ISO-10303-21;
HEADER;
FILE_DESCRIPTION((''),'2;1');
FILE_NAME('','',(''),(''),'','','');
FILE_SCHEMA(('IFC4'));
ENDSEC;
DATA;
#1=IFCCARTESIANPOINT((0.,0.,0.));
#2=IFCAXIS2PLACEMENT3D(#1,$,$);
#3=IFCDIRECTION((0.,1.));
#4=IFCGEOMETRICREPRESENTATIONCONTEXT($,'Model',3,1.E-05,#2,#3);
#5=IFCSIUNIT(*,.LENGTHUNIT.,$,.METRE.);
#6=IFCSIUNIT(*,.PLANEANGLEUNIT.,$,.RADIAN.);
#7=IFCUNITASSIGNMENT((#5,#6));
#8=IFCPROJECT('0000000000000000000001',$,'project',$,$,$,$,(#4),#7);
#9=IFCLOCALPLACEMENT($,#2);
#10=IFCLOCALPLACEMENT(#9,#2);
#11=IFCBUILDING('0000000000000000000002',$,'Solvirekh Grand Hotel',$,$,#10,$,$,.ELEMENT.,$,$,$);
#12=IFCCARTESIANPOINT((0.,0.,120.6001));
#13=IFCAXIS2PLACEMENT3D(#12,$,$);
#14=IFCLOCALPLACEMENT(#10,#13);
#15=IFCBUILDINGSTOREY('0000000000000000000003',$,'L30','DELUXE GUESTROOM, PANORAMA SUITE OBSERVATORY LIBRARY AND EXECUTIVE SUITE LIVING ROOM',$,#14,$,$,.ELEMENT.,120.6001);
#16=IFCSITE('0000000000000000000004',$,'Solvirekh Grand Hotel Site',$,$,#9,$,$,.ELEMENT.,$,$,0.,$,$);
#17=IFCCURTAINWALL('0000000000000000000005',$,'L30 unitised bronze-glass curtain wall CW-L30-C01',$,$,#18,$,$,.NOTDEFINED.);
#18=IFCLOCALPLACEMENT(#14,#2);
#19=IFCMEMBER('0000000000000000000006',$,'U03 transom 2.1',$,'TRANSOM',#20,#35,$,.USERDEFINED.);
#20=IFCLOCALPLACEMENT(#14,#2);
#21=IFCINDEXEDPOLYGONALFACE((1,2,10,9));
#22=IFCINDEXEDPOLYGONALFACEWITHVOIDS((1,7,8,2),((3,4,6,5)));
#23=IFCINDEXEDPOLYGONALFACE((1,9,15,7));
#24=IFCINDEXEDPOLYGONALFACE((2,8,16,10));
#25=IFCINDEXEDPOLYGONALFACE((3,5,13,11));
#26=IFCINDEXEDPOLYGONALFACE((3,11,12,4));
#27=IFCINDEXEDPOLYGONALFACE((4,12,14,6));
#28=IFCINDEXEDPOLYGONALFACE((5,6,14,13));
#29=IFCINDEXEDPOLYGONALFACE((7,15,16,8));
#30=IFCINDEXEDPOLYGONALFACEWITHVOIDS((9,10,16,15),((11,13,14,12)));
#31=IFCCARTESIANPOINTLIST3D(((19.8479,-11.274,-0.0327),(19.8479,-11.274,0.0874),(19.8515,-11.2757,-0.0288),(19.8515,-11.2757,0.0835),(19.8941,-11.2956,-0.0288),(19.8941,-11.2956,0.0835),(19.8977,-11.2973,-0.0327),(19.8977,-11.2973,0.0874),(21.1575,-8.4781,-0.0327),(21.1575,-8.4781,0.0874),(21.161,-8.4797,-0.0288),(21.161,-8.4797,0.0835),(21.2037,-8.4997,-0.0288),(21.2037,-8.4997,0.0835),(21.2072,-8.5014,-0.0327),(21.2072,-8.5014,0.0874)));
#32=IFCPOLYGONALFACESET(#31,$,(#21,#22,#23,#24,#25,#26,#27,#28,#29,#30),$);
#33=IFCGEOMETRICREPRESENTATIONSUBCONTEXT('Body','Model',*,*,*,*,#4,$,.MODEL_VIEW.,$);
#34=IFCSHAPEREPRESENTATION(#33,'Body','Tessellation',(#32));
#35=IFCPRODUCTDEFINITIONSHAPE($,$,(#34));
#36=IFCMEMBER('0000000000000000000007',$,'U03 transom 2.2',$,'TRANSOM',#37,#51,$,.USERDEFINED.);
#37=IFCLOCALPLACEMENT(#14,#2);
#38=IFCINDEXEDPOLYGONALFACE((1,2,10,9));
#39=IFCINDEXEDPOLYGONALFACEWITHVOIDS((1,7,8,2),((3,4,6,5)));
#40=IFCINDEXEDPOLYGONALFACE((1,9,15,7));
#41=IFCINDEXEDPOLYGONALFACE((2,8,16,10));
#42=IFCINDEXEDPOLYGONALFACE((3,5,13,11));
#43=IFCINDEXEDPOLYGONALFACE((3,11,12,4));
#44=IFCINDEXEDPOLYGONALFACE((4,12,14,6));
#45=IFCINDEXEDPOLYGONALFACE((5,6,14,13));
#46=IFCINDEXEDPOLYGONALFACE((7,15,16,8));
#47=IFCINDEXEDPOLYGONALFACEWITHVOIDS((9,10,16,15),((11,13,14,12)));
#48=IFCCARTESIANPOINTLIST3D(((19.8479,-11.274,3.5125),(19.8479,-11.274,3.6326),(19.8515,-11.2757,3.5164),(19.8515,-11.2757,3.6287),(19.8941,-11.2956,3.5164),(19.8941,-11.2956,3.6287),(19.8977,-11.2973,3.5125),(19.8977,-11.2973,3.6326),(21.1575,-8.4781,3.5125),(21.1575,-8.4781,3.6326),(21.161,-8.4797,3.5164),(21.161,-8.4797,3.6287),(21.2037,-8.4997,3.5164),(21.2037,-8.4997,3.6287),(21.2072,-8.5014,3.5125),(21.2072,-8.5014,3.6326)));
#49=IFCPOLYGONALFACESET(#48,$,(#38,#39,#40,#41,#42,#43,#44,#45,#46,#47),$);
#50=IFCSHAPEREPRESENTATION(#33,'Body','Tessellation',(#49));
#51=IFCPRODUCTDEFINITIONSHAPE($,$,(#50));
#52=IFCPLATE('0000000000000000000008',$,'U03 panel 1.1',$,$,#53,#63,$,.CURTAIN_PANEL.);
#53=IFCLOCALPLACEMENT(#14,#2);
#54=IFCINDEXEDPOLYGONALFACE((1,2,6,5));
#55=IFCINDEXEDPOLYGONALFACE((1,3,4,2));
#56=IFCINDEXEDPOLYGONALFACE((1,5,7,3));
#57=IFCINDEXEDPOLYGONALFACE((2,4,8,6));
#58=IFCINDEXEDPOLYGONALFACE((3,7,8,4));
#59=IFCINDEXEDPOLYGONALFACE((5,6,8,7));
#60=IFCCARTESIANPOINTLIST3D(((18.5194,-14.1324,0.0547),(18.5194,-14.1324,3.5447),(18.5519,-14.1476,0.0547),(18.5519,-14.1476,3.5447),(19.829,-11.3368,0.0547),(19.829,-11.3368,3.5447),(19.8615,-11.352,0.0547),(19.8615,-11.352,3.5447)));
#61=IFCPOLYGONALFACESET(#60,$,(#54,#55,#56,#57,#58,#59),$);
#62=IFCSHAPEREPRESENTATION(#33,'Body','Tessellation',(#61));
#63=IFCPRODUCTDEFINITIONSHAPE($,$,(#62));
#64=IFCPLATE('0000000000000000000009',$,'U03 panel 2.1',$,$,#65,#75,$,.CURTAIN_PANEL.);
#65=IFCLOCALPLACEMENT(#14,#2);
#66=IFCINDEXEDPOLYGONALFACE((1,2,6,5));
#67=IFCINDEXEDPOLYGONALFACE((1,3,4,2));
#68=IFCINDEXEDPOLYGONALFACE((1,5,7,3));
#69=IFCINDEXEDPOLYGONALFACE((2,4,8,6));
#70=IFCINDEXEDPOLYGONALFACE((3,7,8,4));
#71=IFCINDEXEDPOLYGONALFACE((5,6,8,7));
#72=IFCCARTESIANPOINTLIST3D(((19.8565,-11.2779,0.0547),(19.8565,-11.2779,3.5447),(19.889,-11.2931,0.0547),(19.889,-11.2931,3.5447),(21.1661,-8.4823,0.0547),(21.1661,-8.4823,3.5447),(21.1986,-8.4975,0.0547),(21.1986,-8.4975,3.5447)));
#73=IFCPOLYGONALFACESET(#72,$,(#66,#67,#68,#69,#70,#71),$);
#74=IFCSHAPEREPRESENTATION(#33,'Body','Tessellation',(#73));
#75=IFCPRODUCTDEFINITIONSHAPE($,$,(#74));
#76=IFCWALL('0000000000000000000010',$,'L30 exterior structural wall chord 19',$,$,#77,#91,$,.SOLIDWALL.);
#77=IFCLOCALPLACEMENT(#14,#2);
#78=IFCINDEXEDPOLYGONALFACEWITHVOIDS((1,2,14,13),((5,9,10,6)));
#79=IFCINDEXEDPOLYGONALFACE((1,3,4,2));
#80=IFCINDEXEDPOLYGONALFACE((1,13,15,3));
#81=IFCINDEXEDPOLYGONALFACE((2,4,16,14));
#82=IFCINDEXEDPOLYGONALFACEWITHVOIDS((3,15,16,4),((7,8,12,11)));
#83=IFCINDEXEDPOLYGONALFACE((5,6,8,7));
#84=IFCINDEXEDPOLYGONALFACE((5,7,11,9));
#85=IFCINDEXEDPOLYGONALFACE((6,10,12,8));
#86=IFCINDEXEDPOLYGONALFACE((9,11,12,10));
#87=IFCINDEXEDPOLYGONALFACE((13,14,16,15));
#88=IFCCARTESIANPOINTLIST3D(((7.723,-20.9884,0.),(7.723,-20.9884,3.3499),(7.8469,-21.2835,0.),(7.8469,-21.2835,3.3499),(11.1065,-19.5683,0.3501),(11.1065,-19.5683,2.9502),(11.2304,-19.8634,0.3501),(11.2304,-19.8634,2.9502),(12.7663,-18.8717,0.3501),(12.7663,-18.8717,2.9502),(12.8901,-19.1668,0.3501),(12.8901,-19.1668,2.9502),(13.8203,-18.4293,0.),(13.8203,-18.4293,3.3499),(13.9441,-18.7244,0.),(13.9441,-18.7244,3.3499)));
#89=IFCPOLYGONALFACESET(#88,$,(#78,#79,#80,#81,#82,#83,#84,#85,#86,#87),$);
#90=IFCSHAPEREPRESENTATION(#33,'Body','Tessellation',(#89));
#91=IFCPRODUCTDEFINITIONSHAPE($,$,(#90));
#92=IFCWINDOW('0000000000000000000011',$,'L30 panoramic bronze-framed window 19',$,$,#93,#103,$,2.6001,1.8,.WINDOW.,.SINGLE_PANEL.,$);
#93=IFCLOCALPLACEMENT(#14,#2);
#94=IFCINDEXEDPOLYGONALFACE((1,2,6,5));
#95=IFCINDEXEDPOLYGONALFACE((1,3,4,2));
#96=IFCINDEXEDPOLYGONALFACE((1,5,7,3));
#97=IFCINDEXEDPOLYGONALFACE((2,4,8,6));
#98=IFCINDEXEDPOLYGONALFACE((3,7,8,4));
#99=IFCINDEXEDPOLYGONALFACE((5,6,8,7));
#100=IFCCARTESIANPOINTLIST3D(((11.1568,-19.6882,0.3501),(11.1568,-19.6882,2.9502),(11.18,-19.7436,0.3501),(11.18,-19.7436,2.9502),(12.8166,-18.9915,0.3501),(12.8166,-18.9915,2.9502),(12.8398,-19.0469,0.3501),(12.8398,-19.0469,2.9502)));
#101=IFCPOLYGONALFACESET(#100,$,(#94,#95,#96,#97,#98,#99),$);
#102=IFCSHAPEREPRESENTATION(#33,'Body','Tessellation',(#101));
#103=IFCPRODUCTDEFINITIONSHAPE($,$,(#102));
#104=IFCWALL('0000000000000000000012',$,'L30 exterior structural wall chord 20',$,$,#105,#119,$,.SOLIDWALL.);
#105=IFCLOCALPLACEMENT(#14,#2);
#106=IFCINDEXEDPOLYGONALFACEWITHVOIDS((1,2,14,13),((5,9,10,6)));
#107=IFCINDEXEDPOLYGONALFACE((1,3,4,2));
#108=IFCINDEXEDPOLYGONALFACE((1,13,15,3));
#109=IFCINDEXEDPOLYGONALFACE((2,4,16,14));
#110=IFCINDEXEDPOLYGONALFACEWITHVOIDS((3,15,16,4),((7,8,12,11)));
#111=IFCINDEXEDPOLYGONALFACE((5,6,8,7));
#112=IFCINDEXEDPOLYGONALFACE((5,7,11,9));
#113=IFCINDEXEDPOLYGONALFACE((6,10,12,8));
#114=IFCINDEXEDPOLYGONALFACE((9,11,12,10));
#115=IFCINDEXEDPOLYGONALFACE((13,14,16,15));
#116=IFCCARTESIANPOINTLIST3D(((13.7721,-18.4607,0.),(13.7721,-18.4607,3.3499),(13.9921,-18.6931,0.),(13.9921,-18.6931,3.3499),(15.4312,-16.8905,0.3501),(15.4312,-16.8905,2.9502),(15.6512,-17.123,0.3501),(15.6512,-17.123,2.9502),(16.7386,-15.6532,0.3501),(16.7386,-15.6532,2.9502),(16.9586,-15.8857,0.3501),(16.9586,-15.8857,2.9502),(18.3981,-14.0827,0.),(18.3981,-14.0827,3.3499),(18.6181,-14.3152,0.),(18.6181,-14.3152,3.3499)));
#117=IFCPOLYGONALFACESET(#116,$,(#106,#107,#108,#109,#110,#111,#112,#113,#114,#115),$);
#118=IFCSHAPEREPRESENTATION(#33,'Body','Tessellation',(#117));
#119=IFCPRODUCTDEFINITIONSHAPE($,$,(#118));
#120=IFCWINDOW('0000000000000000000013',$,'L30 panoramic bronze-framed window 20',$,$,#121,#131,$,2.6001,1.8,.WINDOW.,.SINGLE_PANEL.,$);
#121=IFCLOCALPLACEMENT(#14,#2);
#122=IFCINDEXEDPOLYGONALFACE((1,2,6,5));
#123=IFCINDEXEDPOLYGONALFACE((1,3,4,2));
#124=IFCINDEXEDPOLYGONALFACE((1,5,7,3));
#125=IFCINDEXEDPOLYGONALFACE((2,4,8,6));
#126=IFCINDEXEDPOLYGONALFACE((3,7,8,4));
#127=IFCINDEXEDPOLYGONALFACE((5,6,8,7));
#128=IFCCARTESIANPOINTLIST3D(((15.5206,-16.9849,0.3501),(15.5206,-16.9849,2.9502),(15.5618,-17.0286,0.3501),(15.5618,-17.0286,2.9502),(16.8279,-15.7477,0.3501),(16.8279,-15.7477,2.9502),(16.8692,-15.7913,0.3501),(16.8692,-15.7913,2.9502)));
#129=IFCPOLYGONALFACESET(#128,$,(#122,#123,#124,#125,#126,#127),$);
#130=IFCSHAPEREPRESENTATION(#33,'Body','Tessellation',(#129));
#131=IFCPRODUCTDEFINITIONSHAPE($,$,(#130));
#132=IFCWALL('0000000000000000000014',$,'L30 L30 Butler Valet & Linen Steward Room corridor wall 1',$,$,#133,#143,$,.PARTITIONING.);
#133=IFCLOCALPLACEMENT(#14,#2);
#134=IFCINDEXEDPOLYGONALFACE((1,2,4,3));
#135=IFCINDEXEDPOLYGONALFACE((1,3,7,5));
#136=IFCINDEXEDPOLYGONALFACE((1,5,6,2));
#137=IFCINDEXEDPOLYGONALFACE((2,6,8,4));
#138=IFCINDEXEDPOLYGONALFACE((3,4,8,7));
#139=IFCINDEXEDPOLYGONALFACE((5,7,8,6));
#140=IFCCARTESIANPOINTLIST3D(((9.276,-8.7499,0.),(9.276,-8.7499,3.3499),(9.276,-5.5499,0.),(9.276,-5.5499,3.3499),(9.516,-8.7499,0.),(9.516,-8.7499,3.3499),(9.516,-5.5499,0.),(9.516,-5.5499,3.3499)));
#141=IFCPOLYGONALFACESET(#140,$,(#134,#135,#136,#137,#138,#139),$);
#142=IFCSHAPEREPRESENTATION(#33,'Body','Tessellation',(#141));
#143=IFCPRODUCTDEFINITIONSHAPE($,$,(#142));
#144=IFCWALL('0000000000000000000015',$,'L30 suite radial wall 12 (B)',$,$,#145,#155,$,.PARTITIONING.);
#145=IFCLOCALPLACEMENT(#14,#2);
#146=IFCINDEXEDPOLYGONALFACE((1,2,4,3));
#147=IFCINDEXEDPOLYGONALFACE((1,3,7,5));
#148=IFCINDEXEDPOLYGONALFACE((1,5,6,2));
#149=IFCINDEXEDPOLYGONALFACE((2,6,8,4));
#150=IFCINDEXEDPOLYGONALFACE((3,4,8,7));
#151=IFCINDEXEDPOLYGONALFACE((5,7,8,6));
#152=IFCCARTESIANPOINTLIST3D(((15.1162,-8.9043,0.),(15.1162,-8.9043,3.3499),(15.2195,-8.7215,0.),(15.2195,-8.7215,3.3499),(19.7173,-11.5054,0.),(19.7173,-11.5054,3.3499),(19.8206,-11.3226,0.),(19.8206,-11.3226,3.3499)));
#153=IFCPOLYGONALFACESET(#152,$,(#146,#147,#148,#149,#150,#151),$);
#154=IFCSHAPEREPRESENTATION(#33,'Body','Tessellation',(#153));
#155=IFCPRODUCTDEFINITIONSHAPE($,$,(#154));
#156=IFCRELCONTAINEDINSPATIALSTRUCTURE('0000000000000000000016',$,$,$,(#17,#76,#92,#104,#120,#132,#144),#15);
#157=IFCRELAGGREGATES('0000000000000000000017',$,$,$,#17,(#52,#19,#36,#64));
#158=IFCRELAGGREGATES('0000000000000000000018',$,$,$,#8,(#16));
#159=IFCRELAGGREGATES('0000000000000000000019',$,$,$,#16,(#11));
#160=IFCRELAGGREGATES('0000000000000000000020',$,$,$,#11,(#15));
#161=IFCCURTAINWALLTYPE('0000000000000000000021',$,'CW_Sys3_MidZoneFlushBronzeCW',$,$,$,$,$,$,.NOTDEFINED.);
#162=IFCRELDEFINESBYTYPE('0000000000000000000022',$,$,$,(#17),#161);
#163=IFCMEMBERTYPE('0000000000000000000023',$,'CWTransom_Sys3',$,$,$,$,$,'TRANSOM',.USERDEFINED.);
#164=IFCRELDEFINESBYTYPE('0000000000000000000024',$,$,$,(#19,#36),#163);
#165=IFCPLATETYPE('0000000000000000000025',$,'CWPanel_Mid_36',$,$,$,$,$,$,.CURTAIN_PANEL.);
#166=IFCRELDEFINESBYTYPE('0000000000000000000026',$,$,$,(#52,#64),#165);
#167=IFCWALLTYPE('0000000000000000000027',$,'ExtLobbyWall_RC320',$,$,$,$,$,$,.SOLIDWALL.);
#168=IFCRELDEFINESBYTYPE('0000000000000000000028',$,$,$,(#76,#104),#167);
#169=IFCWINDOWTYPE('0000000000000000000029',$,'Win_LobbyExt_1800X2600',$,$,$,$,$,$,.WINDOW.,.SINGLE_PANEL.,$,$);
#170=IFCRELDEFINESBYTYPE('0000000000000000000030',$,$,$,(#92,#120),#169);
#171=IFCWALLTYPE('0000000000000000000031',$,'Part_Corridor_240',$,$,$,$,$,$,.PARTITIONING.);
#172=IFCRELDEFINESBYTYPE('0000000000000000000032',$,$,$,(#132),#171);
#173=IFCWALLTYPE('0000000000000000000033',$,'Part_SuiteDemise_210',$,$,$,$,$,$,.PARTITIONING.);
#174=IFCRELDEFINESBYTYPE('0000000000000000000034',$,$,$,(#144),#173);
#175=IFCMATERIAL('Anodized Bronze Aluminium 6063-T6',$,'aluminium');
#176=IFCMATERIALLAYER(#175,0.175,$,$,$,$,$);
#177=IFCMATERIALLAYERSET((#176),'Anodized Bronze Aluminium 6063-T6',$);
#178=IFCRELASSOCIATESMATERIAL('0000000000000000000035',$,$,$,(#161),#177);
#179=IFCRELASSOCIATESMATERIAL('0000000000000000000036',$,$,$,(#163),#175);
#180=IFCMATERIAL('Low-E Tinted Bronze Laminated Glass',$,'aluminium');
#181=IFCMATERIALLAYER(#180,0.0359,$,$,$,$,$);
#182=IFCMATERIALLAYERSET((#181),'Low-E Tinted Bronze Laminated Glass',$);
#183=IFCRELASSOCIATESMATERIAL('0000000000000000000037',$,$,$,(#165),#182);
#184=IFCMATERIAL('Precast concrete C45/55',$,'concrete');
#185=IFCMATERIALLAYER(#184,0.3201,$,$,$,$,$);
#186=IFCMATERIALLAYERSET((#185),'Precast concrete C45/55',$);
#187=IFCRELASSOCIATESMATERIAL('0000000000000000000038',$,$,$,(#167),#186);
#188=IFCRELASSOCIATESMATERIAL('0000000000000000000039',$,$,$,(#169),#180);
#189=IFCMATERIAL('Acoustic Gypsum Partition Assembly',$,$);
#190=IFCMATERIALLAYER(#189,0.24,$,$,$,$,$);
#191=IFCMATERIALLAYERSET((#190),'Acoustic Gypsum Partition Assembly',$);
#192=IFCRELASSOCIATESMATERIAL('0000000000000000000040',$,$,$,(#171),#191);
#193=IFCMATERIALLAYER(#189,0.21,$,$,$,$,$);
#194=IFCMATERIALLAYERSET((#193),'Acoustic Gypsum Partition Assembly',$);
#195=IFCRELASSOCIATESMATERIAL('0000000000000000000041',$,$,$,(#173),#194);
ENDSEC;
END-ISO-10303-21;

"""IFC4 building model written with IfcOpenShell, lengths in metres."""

from ifc_helpers import new_model, si_unit, direction, frame, frame_2d, origin, origin_2d, place, context, subcontext, project, spatial, rectangle, hollow_rectangle, extrude, source, transform, mapped, material, layer, layer_set, material_profile, profile_set, type_object, element, fill, aggregate, save


model = new_model("IFC4")

# Units and contexts
model_context = context("Model", 3, precision=1e-05, world=origin(), true_north=direction((0.0, 1.0)))
body_context = subcontext(model_context, "Body", "Model", "MODEL_VIEW")
ifc_project = project(units=[si_unit("LENGTHUNIT", "METRE"), si_unit("PLANEANGLEUNIT", "RADIAN")], contexts=[model_context])

# Site, building, storey
site_placement = place(None, origin())
site = spatial("IfcSite", under=ifc_project, at=site_placement, Name="Solvirekh Grand Hotel Site", CompositionType="ELEMENT", RefElevation=0.0)
building_placement = place(site_placement, origin())
building = spatial("IfcBuilding", under=site, at=building_placement, Name="Solvirekh Grand Hotel", CompositionType="ELEMENT")
storey_placement = place(building_placement, frame((0.0, 0.0, 120.6001)))
storey = spatial("IfcBuildingStorey", under=building, at=storey_placement, Name="L30", Description="DELUXE GUESTROOM, PANORAMA SUITE OBSERVATORY LIBRARY AND EXECUTIVE SUITE LIVING ROOM", CompositionType="ELEMENT", Elevation=120.6001)

# Curtain wall
ifc_material_1 = material(Name="Anodized Bronze Aluminium 6063-T6", Category="aluminium")
ifc_layer_1 = layer(ifc_material_1, 0.175)
ifc_layer_set_1 = layer_set([ifc_layer_1], Name="Anodized Bronze Aluminium 6063-T6")
curtain_wall_type = type_object("IfcCurtainWallType", Name="CW_Sys3_MidZoneFlushBronzeCW", PredefinedType="NOTDEFINED", material=ifc_layer_set_1)
curtain_wall_1_placement = place(storey_placement, origin())
curtain_wall_1 = element("IfcCurtainWall", 1, at=curtain_wall_1_placement, inside=storey, type_object=curtain_wall_type, Name="L30 unitised bronze-glass curtain wall CW-L30-C01", PredefinedType="NOTDEFINED")

# Members
ifc_material_profile_1 = material_profile(ifc_material_1, hollow_rectangle(XDim=0.0549, YDim=0.1201, WallThickness=0.0039, at=origin_2d()), Name="ALU RHS 120X55X4")
ifc_profile_set_1 = profile_set([ifc_material_profile_1], Name="Anodized Bronze Aluminium 6063-T6")
member_type_1 = type_object("IfcMemberType", Name="CWTransom_Sys3", ElementType="TRANSOM", PredefinedType="USERDEFINED", material=ifc_profile_set_1)
shared_shape_1 = source(origin(), body_context, "Body", "SweptSolid", [
    extrude(hollow_rectangle(XDim=0.0549, YDim=0.1201, WallThickness=0.0039, at=origin_2d()), origin(), (0.0, 0.0, 1.0), 3.0874),
])
member_1_placement = place(storey_placement, frame((19.8728, -11.2856, 0.0273), z_axis=(0.424166, 0.905584, 0.0), x_axis=(-0.905584, 0.424166, 0.0)))
member_1 = element("IfcMember", 2, at=member_1_placement, type_object=member_type_1, Name="U03 transom 2.1", ObjectType="TRANSOM", PredefinedType="USERDEFINED", context=body_context, shape_type="MappedRepresentation", body=[
    mapped(shared_shape_1, transform((0.0, 0.0, 0.0), x_axis=(1.0, 0.0, 0.0), y_axis=(0.0, 1.0, 0.0), z_axis=(0.0, 0.0, 1.0), scale=1.0)),
])
member_2_placement = place(storey_placement, frame((19.8728, -11.2856, 3.5725), z_axis=(0.424166, 0.905584, 0.0), x_axis=(-0.905584, 0.424166, 0.0)))
member_2 = element("IfcMember", 3, at=member_2_placement, type_object=member_type_1, Name="U03 transom 2.2", ObjectType="TRANSOM", PredefinedType="USERDEFINED", context=body_context, shape_type="MappedRepresentation", body=[
    mapped(shared_shape_1, transform((0.0, 0.0, 0.0), x_axis=(1.0, 0.0, 0.0), y_axis=(0.0, 1.0, 0.0), z_axis=(0.0, 0.0, 1.0), scale=1.0)),
])

# Plates
ifc_material_2 = material(Name="Low-E Tinted Bronze Laminated Glass", Category="aluminium")
ifc_layer_2 = layer(ifc_material_2, 0.0359)
ifc_layer_set_2 = layer_set([ifc_layer_2], Name="Low-E Tinted Bronze Laminated Glass")
plate_type = type_object("IfcPlateType", Name="CWPanel_Mid_36", PredefinedType="CURTAIN_PANEL", material=ifc_layer_set_2)
shared_shape_2 = source(origin(), body_context, "Body", "SweptSolid", [
    extrude(rectangle(XDim=3.0872, YDim=0.0359, at=origin_2d()), origin(), (0.0, 0.0, 1.0), 3.49),
])
plate_1_placement = place(storey_placement, frame((19.1904, -12.7422, 0.0547), z_axis=(0.0, 0.0, 1.0), x_axis=(0.424209, 0.905564, 0.0)))
plate_1 = element("IfcPlate", 4, at=plate_1_placement, type_object=plate_type, Name="U03 panel 1.1", PredefinedType="CURTAIN_PANEL", context=body_context, shape_type="MappedRepresentation", body=[
    mapped(shared_shape_2, transform((0.0, 0.0, 0.0), x_axis=(1.0, 0.0, 0.0), y_axis=(0.0, 1.0, 0.0), z_axis=(0.0, 0.0, 1.0), scale=1.0)),
])
plate_2_placement = place(storey_placement, frame((20.5276, -9.8877, 0.0547), z_axis=(0.0, 0.0, 1.0), x_axis=(0.424209, 0.905564, 0.0)))
plate_2 = element("IfcPlate", 5, at=plate_2_placement, type_object=plate_type, Name="U03 panel 2.1", PredefinedType="CURTAIN_PANEL", context=body_context, shape_type="MappedRepresentation", body=[
    mapped(shared_shape_2, transform((0.0, 0.0, 0.0), x_axis=(1.0, 0.0, 0.0), y_axis=(0.0, 1.0, 0.0), z_axis=(0.0, 0.0, 1.0), scale=1.0)),
])
aggregate(curtain_wall_1, [plate_1, member_1, member_2, plate_2])

# Walls, openings, windows
ifc_material_3 = material(Name="Precast concrete C45/55", Category="concrete")
ifc_layer_3 = layer(ifc_material_3, 0.3201)
ifc_layer_set_3 = layer_set([ifc_layer_3], Name="Precast concrete C45/55")
wall_type_1 = type_object("IfcWallType", Name="ExtLobbyWall_RC320", PredefinedType="SOLIDWALL", material=ifc_layer_set_3)
wall_1_placement = place(storey_placement, frame((13.8821, -18.5769, 0.0), z_axis=(0.0, 0.0, 1.0), x_axis=(-0.922075, -0.38701, 0.0)))
wall_1 = element("IfcWall", 6, at=wall_1_placement, inside=storey, type_object=wall_type_1, Name="L30 exterior structural wall chord 19", PredefinedType="SOLIDWALL", context=body_context, shape_type="SweptSolid", body=[
    extrude(rectangle(XDim=6.6125, YDim=0.3201, at=frame_2d((3.3062, 0.0))), origin(), (0.0, 0.0, 1.0), 3.3499),
])
opening_1_placement = place(wall_1_placement, frame((1.1431, 0.0, 0.3501)))
opening_1 = element("IfcOpeningElement", 7, at=opening_1_placement, cuts=wall_1, PredefinedType="OPENING", context=body_context, shape_type="SweptSolid", body=[
    extrude(rectangle(XDim=1.8, YDim=2.6001, at=frame_2d((0.8999, 1.3))), frame((0.0, 0.1699, 0.0), z_axis=(0.0, -1.0, 0.0), x_axis=(1.0, 0.0, 0.0)), (0.0, 0.0, 1.0), 0.3401),
])
window_type = type_object("IfcWindowType", Name="Win_LobbyExt_1800X2600", PartitioningType="SINGLE_PANEL", PredefinedType="WINDOW", material=ifc_material_2)
window_1_placement = place(opening_1_placement, origin())
window_1 = element("IfcWindow", 8, at=window_1_placement, inside=storey, type_object=window_type, Name="L30 panoramic bronze-framed window 19", OverallHeight=2.6001, OverallWidth=1.8, PartitioningType="SINGLE_PANEL", PredefinedType="WINDOW", context=body_context, shape_type="SweptSolid", body=[
    extrude(rectangle(XDim=1.8, YDim=2.6001, at=frame_2d((0.8999, 1.3))), frame((0.0, 0.03, 0.0), z_axis=(0.0, -1.0, 0.0), x_axis=(1.0, 0.0, 0.0)), (0.0, 0.0, 1.0), 0.0601),
])
fill(opening_1, window_1)
wall_2_placement = place(storey_placement, frame((18.5081, -14.199, 0.0), z_axis=(0.0, 0.0, 1.0), x_axis=(-0.726311, -0.687366, 0.0)))
wall_2 = element("IfcWall", 9, at=wall_2_placement, inside=storey, type_object=wall_type_1, Name="L30 exterior structural wall chord 20", PredefinedType="SOLIDWALL", context=body_context, shape_type="SweptSolid", body=[
    extrude(rectangle(XDim=6.3691, YDim=0.3201, at=frame_2d((3.1846, 0.0))), origin(), (0.0, 0.0, 1.0), 3.3499),
])
opening_2_placement = place(wall_2_placement, frame((2.2849, 0.0, 0.3501)))
opening_2 = element("IfcOpeningElement", 10, at=opening_2_placement, cuts=wall_2, PredefinedType="OPENING", context=body_context, shape_type="SweptSolid", body=[
    extrude(rectangle(XDim=1.8, YDim=2.6001, at=frame_2d((0.8999, 1.3))), frame((0.0, 0.1699, 0.0), z_axis=(0.0, -1.0, 0.0), x_axis=(1.0, 0.0, 0.0)), (0.0, 0.0, 1.0), 0.3401),
])
window_2_placement = place(opening_2_placement, origin())
window_2 = element("IfcWindow", 11, at=window_2_placement, inside=storey, type_object=window_type, Name="L30 panoramic bronze-framed window 20", OverallHeight=2.6001, OverallWidth=1.8, PartitioningType="SINGLE_PANEL", PredefinedType="WINDOW", context=body_context, shape_type="SweptSolid", body=[
    extrude(rectangle(XDim=1.8, YDim=2.6001, at=frame_2d((0.8999, 1.3))), frame((0.0, 0.03, 0.0), z_axis=(0.0, -1.0, 0.0), x_axis=(1.0, 0.0, 0.0)), (0.0, 0.0, 1.0), 0.0601),
])
fill(opening_2, window_2)

# Walls
ifc_material_4 = material(Name="Acoustic Gypsum Partition Assembly")
ifc_layer_4 = layer(ifc_material_4, 0.24)
ifc_layer_set_4 = layer_set([ifc_layer_4], Name="Acoustic Gypsum Partition Assembly")
wall_type_2 = type_object("IfcWallType", Name="Part_Corridor_240", PredefinedType="PARTITIONING", material=ifc_layer_set_4)
wall_3_placement = place(storey_placement, frame((9.396, -8.75, 0.0), z_axis=(0.0, 0.0, 1.0), x_axis=(0.0, 1.0, 0.0)))
element("IfcWall", 12, at=wall_3_placement, inside=storey, type_object=wall_type_2, Name="L30 L30 Butler Valet & Linen Steward Room corridor wall 1", PredefinedType="PARTITIONING", context=body_context, shape_type="SweptSolid", body=[
    extrude(rectangle(XDim=3.2, YDim=0.24, at=frame_2d((1.6001, 0.0))), origin(), (0.0, 0.0, 1.0), 3.3499),
])
ifc_layer_5 = layer(ifc_material_4, 0.21)
ifc_layer_set_5 = layer_set([ifc_layer_5], Name="Acoustic Gypsum Partition Assembly")
wall_type_3 = type_object("IfcWallType", Name="Part_SuiteDemise_210", PredefinedType="PARTITIONING", material=ifc_layer_set_5)
wall_4_placement = place(storey_placement, frame((15.168, -8.813, 0.0), z_axis=(0.0, 0.0, 1.0), x_axis=(0.870525, -0.492124, 0.0)))
element("IfcWall", 13, at=wall_4_placement, inside=storey, type_object=wall_type_3, Name="L30 suite radial wall 12 (B)", PredefinedType="PARTITIONING", context=body_context, shape_type="SweptSolid", body=[
    extrude(rectangle(XDim=5.2854, YDim=0.21, at=frame_2d((2.6426, 0.0))), origin(), (0.0, 0.0, 1.0), 3.3499),
])

save(model, "model.ifc")
